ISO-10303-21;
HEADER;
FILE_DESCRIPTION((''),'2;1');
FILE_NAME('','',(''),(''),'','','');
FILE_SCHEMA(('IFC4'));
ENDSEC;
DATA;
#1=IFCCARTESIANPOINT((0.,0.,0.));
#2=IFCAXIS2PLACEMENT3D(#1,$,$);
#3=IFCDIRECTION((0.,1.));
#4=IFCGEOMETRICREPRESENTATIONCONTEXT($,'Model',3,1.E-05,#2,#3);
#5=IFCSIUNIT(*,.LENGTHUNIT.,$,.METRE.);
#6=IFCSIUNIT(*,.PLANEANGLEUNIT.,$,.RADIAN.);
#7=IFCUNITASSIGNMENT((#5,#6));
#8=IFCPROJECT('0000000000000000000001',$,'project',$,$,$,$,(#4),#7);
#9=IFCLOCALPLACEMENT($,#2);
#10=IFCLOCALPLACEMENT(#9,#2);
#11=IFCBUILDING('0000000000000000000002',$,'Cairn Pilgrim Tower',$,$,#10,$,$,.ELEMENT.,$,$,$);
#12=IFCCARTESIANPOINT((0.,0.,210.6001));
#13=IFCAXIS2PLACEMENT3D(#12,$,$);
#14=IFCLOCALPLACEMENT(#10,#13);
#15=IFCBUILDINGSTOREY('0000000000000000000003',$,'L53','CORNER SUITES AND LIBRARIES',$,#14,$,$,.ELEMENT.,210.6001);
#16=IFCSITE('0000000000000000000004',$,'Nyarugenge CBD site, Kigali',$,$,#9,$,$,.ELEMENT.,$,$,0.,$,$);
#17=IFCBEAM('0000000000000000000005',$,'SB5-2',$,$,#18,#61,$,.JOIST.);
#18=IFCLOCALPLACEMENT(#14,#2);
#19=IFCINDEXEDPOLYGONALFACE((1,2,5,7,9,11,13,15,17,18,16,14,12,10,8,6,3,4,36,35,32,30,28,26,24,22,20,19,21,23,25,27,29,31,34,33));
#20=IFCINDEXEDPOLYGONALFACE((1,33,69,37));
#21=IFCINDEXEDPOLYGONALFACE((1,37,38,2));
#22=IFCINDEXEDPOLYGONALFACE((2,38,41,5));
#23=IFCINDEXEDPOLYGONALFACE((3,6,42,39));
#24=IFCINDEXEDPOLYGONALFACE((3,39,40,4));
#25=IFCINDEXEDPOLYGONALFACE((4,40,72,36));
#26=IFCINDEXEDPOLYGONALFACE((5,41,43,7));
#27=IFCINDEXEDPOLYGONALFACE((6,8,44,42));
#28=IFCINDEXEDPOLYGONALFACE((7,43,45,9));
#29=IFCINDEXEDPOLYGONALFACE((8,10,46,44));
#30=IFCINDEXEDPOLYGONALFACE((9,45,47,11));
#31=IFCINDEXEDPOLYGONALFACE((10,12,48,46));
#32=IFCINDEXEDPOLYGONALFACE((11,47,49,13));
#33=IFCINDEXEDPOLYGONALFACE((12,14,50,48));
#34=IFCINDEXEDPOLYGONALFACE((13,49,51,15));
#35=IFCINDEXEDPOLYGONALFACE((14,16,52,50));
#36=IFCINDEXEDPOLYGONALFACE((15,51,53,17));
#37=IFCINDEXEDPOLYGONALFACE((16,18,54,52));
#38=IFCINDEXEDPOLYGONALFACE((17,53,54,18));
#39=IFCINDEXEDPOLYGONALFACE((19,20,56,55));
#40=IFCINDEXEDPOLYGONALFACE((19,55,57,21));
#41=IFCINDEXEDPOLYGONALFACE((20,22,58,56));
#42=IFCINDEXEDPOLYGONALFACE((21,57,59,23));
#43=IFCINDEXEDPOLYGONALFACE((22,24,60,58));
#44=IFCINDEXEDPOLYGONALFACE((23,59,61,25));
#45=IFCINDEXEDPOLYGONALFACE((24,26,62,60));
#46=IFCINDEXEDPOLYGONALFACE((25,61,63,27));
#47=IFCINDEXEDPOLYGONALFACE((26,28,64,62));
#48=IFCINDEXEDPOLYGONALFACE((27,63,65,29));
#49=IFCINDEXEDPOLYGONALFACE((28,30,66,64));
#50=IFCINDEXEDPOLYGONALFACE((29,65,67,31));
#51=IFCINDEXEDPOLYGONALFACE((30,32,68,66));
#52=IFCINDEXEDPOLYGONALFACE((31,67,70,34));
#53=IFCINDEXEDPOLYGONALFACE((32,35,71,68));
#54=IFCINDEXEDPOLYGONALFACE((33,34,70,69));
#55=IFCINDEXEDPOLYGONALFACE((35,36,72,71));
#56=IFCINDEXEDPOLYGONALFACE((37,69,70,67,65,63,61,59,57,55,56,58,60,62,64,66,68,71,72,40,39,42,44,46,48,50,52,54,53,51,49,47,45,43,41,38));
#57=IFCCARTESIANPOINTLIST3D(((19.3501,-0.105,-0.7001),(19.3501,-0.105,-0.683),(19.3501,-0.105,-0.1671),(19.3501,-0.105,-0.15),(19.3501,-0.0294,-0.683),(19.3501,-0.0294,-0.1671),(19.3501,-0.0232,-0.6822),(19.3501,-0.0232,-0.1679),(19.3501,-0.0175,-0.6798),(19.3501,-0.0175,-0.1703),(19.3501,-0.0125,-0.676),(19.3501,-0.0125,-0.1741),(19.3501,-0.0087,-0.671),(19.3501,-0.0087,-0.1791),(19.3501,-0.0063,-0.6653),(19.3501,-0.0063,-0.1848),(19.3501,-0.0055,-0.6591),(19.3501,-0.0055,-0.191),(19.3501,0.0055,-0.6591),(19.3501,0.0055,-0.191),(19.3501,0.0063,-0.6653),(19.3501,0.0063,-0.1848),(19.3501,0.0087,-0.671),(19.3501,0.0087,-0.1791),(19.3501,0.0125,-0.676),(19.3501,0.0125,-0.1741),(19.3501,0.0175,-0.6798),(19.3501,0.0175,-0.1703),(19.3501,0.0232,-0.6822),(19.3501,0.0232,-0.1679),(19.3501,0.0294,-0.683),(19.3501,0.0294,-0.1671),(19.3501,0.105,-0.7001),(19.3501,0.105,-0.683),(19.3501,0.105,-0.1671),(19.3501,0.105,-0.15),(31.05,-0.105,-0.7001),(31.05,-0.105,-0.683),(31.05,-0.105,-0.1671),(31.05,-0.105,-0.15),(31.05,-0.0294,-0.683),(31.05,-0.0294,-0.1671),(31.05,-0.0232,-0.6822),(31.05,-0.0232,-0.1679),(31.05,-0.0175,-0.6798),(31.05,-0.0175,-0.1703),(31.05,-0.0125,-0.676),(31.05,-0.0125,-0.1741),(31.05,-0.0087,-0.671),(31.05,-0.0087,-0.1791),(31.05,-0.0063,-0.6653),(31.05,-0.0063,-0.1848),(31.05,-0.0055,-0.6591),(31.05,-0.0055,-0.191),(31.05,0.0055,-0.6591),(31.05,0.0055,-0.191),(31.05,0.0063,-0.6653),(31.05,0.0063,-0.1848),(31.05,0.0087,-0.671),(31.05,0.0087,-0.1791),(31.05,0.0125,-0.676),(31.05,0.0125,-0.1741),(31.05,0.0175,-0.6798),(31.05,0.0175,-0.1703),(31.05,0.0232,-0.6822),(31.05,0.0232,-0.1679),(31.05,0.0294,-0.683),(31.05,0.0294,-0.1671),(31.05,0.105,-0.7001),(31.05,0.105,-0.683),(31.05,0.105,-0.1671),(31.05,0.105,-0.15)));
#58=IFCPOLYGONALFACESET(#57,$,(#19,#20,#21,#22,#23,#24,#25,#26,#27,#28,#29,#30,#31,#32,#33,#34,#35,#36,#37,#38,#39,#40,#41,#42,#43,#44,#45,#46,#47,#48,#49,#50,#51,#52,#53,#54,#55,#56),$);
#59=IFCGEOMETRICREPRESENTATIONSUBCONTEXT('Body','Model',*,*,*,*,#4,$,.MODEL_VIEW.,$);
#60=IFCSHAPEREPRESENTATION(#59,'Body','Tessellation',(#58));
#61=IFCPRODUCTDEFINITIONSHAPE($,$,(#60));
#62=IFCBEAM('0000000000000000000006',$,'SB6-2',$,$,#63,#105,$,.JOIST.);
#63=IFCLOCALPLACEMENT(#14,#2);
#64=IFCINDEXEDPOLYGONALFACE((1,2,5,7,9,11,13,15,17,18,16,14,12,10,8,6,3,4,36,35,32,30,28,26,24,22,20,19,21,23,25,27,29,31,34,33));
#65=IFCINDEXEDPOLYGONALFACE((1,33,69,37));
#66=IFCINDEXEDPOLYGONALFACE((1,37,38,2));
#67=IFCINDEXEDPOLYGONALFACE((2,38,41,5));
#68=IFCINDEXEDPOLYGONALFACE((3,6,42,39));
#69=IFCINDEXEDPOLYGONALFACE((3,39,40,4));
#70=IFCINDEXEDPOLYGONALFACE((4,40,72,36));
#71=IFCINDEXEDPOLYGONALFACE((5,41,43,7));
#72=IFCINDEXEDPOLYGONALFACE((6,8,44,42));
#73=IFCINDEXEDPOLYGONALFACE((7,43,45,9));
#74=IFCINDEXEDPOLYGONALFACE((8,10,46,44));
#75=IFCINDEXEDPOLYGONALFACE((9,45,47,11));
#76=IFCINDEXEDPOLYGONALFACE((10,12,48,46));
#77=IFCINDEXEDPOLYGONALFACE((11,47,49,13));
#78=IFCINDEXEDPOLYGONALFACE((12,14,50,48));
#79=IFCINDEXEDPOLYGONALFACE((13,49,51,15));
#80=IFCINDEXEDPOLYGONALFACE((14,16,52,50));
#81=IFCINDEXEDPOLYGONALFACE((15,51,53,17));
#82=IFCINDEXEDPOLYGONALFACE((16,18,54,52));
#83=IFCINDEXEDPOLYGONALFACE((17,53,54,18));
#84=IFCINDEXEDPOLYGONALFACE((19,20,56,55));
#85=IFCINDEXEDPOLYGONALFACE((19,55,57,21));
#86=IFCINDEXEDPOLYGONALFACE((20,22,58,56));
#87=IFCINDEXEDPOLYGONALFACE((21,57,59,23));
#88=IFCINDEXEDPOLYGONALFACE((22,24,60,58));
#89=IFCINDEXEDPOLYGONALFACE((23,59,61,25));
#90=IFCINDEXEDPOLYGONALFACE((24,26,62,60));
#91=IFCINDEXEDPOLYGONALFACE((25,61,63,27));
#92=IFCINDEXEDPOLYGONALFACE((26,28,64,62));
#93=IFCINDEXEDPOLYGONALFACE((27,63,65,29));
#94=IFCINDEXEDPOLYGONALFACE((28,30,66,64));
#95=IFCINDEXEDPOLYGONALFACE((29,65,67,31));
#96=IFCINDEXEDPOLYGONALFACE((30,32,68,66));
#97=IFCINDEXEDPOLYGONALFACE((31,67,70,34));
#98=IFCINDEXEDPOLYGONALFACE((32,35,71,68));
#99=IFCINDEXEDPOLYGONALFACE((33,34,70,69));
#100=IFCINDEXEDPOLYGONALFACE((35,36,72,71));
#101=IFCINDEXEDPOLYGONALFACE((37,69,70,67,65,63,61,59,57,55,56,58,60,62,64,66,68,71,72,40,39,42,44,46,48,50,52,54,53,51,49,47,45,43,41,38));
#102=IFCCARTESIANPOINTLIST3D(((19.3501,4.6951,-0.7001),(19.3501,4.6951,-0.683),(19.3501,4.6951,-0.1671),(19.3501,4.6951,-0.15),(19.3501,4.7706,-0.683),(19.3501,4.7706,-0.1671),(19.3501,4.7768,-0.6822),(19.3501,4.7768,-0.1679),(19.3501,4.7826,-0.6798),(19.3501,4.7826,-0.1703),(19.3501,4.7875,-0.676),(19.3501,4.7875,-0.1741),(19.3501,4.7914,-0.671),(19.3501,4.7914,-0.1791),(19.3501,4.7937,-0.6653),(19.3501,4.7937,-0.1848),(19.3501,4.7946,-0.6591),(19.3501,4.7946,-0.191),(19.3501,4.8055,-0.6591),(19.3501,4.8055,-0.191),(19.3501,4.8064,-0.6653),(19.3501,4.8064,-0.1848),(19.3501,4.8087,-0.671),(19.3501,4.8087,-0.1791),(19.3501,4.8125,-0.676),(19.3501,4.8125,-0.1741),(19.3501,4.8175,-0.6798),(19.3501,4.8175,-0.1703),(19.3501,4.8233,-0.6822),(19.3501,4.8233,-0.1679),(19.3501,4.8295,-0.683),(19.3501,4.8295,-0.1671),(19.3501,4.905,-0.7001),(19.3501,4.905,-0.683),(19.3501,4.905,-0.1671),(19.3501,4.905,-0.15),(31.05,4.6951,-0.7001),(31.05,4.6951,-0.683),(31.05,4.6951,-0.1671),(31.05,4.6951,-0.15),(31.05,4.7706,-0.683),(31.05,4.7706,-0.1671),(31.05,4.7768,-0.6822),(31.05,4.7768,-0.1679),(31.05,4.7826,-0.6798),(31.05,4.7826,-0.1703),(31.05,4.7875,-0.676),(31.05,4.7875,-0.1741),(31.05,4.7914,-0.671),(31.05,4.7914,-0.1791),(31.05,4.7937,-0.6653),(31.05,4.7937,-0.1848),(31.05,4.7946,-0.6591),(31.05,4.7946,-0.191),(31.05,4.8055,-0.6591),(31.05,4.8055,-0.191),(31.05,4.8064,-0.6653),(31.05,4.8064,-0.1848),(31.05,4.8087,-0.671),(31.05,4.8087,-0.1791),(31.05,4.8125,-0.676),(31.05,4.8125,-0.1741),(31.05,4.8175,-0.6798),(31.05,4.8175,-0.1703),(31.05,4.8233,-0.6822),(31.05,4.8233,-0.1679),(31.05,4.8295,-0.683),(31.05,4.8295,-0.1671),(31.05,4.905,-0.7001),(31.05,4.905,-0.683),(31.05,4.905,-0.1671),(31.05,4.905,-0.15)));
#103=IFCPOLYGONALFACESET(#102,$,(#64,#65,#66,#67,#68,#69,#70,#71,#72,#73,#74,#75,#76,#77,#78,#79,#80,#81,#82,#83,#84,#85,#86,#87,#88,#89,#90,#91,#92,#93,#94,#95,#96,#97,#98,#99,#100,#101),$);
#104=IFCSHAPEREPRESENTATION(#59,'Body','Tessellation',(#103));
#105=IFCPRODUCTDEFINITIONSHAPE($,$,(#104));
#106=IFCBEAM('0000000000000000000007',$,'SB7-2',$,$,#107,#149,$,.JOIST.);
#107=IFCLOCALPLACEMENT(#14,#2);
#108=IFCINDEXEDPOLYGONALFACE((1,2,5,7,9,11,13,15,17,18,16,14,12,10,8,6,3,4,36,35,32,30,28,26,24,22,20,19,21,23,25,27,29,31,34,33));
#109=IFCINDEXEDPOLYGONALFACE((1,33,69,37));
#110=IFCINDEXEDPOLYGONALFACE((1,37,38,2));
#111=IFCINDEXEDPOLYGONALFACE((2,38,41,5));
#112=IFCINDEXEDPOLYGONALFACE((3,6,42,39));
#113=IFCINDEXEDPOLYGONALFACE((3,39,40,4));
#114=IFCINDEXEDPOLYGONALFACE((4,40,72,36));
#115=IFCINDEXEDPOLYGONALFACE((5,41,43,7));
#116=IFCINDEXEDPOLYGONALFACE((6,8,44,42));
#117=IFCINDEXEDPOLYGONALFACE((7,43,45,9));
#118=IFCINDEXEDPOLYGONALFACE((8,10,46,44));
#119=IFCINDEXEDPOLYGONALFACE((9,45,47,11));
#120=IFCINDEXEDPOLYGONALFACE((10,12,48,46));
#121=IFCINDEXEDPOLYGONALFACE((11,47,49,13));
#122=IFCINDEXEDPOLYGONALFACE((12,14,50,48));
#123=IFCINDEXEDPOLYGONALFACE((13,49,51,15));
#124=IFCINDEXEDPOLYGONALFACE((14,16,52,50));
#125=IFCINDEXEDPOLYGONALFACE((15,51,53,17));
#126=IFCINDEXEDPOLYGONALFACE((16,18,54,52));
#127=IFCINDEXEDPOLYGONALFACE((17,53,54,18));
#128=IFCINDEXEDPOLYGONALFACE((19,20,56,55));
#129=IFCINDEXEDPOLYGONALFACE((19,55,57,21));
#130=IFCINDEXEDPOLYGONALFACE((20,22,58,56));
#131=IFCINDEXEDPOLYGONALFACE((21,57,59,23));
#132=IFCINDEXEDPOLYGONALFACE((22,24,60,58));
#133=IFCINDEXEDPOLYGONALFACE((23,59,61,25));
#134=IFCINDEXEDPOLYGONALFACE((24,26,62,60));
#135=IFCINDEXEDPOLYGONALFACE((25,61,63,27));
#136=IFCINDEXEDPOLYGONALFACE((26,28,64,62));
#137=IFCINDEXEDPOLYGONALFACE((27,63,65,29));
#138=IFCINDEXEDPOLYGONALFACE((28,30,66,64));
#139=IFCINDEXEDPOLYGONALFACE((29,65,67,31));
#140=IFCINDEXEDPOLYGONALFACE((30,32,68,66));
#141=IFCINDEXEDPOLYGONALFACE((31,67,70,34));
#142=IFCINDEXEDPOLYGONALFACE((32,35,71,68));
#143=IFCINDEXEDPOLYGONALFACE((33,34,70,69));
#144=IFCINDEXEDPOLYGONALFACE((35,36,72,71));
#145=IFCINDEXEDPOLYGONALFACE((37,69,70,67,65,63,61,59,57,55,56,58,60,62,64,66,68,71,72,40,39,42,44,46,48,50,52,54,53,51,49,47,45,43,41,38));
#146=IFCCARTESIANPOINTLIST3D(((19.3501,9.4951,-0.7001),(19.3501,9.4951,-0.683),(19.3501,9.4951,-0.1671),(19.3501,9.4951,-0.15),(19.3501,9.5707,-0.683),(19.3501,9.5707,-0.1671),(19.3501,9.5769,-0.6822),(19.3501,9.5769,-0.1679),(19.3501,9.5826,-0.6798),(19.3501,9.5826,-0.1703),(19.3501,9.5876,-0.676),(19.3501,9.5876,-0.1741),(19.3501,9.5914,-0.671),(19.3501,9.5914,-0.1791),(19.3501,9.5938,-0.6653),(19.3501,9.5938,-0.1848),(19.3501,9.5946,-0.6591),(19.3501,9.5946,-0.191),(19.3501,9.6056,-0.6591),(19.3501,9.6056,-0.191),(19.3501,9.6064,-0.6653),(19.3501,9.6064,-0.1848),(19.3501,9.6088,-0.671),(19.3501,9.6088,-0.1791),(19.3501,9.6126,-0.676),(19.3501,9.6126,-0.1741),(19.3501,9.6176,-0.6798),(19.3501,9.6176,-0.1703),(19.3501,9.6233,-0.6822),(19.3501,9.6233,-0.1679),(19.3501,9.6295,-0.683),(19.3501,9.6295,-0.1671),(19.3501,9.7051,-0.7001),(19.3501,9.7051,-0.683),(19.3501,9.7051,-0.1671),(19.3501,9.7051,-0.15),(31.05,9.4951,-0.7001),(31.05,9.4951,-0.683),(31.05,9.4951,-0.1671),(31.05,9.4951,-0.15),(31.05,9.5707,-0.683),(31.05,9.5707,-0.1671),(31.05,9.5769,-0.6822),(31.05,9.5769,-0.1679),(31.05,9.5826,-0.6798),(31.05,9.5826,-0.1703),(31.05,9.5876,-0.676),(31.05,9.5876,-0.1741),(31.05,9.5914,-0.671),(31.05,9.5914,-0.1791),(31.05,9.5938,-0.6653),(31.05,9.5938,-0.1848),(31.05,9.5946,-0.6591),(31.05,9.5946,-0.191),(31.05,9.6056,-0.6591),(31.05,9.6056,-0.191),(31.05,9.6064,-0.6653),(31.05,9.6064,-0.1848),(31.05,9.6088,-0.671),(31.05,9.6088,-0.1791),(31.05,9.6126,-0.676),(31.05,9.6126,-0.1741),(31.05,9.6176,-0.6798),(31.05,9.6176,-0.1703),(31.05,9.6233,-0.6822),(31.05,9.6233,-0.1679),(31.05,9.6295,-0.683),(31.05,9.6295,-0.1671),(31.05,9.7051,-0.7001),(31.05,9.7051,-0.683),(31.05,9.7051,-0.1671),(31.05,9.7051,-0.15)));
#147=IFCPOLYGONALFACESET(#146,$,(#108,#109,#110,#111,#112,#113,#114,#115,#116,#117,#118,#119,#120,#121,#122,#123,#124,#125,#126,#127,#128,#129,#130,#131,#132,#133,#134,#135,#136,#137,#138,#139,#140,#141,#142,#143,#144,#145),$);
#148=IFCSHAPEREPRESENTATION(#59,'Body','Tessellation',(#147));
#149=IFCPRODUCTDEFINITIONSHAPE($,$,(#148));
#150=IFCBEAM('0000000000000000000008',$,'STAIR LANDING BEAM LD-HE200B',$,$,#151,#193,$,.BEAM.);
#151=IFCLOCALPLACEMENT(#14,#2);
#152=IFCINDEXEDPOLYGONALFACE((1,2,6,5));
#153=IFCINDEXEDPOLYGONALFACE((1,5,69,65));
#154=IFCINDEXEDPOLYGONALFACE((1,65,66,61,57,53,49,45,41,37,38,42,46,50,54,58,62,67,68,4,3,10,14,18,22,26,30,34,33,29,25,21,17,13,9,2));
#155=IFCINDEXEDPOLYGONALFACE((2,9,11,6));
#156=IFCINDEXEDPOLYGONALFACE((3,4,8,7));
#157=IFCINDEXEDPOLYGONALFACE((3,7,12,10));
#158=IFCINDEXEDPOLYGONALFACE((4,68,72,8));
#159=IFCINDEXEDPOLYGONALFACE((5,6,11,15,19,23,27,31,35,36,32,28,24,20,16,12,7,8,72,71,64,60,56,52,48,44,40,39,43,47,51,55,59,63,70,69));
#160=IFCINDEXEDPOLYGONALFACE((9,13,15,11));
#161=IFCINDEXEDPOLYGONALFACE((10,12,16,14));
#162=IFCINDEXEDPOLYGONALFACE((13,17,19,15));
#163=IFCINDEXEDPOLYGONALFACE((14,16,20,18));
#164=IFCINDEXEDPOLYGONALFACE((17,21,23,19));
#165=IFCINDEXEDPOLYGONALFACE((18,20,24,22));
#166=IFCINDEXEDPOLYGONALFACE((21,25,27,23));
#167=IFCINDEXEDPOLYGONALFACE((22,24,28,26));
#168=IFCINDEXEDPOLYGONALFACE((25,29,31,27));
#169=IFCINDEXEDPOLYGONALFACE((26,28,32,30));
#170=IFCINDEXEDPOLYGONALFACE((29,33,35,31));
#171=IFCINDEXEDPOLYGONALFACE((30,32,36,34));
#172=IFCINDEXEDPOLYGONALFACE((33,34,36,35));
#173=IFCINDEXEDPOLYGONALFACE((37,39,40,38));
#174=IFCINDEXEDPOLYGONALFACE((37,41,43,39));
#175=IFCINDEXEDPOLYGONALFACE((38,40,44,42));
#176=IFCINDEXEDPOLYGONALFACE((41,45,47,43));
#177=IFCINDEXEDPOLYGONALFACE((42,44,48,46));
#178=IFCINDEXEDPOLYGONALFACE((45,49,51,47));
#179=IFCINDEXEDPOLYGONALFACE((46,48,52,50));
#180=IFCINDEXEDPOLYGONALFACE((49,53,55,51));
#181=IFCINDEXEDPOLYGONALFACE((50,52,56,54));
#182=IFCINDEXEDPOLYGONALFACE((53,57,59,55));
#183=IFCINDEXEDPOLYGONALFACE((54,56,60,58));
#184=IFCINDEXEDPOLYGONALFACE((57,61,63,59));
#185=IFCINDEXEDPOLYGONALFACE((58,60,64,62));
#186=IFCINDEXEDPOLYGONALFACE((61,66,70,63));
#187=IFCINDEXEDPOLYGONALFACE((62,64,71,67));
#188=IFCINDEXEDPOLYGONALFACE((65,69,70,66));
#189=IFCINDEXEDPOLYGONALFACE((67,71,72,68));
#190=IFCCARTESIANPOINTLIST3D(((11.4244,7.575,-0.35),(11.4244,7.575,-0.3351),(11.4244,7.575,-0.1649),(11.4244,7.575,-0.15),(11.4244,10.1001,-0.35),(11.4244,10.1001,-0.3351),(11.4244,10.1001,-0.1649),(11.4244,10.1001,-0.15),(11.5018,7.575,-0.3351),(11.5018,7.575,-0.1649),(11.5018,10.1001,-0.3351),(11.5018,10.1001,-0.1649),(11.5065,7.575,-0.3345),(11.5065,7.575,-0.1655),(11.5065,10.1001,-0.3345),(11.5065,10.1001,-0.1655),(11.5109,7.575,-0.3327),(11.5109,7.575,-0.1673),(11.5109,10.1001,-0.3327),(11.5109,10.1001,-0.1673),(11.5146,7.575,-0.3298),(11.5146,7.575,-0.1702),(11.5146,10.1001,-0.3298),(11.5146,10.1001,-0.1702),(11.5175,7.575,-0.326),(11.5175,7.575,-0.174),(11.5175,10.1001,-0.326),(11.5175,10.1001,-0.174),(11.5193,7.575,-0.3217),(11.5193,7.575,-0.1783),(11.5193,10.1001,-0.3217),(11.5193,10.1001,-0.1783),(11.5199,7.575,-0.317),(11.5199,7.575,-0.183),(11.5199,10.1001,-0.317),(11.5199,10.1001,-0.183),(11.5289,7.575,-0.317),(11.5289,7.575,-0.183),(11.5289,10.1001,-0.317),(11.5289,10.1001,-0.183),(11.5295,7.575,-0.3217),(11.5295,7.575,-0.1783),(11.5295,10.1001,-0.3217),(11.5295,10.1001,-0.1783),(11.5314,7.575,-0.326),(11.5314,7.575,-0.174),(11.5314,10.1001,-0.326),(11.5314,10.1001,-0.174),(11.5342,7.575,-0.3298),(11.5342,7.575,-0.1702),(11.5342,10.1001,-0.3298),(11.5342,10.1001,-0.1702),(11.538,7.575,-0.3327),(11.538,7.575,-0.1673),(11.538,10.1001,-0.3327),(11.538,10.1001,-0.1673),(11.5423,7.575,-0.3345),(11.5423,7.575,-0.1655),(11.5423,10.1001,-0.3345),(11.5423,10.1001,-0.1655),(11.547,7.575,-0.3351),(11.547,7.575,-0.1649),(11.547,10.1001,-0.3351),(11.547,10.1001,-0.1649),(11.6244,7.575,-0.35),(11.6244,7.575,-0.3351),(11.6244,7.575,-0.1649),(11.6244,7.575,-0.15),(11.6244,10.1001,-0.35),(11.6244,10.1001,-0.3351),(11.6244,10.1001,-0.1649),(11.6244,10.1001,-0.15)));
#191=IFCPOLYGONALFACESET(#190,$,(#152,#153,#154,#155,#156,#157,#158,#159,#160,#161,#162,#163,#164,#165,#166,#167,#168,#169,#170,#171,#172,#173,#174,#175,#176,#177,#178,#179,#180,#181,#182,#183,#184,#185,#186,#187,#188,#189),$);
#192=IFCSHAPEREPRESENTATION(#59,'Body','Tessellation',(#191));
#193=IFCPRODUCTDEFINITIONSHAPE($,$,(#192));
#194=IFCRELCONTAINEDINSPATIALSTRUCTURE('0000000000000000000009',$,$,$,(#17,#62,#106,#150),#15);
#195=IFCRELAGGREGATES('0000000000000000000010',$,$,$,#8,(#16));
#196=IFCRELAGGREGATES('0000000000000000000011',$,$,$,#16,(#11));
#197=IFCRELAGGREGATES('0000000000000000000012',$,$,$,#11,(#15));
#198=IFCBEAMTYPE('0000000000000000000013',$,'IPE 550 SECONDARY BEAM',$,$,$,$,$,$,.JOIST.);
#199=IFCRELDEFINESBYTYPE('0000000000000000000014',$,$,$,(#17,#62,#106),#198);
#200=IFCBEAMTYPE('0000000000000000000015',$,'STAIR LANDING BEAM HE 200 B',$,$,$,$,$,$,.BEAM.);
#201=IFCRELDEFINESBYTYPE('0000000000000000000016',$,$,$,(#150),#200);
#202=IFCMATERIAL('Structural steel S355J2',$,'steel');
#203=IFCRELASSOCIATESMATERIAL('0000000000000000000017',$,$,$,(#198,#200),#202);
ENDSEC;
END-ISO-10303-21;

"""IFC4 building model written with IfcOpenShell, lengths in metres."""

from ifc_helpers import new_model, si_unit, direction, frame, origin, origin_2d, place, context, subcontext, project, spatial, i_section, extrude, material, material_profile, profile_set, type_object, element, save


model = new_model("IFC4")

# Units and contexts
model_context = context("Model", 3, precision=1e-05, world=origin(), true_north=direction((0.0, 1.0)))
body_context = subcontext(model_context, "Body", "Model", "MODEL_VIEW")
ifc_project = project(units=[si_unit("LENGTHUNIT", "METRE"), si_unit("PLANEANGLEUNIT", "RADIAN")], contexts=[model_context])

# Site, building, storey
site_placement = place(None, origin())
site = spatial("IfcSite", under=ifc_project, at=site_placement, Name="Nyarugenge CBD site, Kigali", CompositionType="ELEMENT", RefElevation=0.0)
building_placement = place(site_placement, origin())
building = spatial("IfcBuilding", under=site, at=building_placement, Name="Cairn Pilgrim Tower", CompositionType="ELEMENT")
storey_placement = place(building_placement, frame((0.0, 0.0, 210.6001)))
storey = spatial("IfcBuildingStorey", under=building, at=storey_placement, Name="L53", Description="CORNER SUITES AND LIBRARIES", CompositionType="ELEMENT", Elevation=210.6001)

# Shared definitions
ifc_material_1 = material(Name="Structural steel S355J2", Category="steel")

# Beams
ifc_material_profile_1 = material_profile(ifc_material_1, i_section(OverallWidth=0.21, OverallDepth=0.55, WebThickness=0.011, FlangeThickness=0.0171, FilletRadius=0.0239, at=origin_2d()), Name="IPE 550")
ifc_profile_set_1 = profile_set([ifc_material_profile_1], Name="Structural steel S355J2")
beam_type_1 = type_object("IfcBeamType", Name="IPE 550 SECONDARY BEAM", PredefinedType="JOIST", material=ifc_profile_set_1)
for number, where, z_axis, x_axis, name in (
    (1, (19.3501, 0.0, -0.425), (1.0, 0.0, 0.0), (0.0, 1.0, 0.0), "SB5-2"),
    (2, (19.3501, 4.8, -0.425), (1.0, 0.0, 0.0), (0.0, 1.0, 0.0), "SB6-2"),
    (3, (19.3501, 9.6001, -0.425), (1.0, 0.0, 0.0), (0.0, 1.0, 0.0), "SB7-2"),
):
    element("IfcBeam", number, at=place(storey_placement, frame(where, z_axis=z_axis, x_axis=x_axis)), inside=storey, type_object=beam_type_1, Name=name, PredefinedType="JOIST", context=body_context, shape_type="SweptSolid", body=[
        extrude(i_section(OverallWidth=0.21, OverallDepth=0.55, WebThickness=0.011, FlangeThickness=0.0171, FilletRadius=0.0239, at=origin_2d()), origin(), (0.0, 0.0, 1.0), 11.7),
    ])
ifc_material_profile_2 = material_profile(ifc_material_1, i_section(OverallWidth=0.2, OverallDepth=0.2, WebThickness=0.009, FlangeThickness=0.0149, FilletRadius=0.0181, at=origin_2d()), Name="HE 200 B")
ifc_profile_set_2 = profile_set([ifc_material_profile_2], Name="Structural steel S355J2")
beam_type_2 = type_object("IfcBeamType", Name="STAIR LANDING BEAM HE 200 B", PredefinedType="BEAM", material=ifc_profile_set_2)
beam_1_placement = place(storey_placement, frame((11.5244, 10.1001, -0.25), z_axis=(0.0, -1.0, 0.0), x_axis=(1.0, 0.0, 0.0)))
element("IfcBeam", 4, at=beam_1_placement, inside=storey, type_object=beam_type_2, Name="STAIR LANDING BEAM LD-HE200B", PredefinedType="BEAM", context=body_context, shape_type="SweptSolid", body=[
    extrude(i_section(OverallWidth=0.2, OverallDepth=0.2, WebThickness=0.009, FlangeThickness=0.0149, FilletRadius=0.0181, at=origin_2d()), origin(), (0.0, 0.0, 1.0), 2.5251),
])

save(model, "model.ifc")
